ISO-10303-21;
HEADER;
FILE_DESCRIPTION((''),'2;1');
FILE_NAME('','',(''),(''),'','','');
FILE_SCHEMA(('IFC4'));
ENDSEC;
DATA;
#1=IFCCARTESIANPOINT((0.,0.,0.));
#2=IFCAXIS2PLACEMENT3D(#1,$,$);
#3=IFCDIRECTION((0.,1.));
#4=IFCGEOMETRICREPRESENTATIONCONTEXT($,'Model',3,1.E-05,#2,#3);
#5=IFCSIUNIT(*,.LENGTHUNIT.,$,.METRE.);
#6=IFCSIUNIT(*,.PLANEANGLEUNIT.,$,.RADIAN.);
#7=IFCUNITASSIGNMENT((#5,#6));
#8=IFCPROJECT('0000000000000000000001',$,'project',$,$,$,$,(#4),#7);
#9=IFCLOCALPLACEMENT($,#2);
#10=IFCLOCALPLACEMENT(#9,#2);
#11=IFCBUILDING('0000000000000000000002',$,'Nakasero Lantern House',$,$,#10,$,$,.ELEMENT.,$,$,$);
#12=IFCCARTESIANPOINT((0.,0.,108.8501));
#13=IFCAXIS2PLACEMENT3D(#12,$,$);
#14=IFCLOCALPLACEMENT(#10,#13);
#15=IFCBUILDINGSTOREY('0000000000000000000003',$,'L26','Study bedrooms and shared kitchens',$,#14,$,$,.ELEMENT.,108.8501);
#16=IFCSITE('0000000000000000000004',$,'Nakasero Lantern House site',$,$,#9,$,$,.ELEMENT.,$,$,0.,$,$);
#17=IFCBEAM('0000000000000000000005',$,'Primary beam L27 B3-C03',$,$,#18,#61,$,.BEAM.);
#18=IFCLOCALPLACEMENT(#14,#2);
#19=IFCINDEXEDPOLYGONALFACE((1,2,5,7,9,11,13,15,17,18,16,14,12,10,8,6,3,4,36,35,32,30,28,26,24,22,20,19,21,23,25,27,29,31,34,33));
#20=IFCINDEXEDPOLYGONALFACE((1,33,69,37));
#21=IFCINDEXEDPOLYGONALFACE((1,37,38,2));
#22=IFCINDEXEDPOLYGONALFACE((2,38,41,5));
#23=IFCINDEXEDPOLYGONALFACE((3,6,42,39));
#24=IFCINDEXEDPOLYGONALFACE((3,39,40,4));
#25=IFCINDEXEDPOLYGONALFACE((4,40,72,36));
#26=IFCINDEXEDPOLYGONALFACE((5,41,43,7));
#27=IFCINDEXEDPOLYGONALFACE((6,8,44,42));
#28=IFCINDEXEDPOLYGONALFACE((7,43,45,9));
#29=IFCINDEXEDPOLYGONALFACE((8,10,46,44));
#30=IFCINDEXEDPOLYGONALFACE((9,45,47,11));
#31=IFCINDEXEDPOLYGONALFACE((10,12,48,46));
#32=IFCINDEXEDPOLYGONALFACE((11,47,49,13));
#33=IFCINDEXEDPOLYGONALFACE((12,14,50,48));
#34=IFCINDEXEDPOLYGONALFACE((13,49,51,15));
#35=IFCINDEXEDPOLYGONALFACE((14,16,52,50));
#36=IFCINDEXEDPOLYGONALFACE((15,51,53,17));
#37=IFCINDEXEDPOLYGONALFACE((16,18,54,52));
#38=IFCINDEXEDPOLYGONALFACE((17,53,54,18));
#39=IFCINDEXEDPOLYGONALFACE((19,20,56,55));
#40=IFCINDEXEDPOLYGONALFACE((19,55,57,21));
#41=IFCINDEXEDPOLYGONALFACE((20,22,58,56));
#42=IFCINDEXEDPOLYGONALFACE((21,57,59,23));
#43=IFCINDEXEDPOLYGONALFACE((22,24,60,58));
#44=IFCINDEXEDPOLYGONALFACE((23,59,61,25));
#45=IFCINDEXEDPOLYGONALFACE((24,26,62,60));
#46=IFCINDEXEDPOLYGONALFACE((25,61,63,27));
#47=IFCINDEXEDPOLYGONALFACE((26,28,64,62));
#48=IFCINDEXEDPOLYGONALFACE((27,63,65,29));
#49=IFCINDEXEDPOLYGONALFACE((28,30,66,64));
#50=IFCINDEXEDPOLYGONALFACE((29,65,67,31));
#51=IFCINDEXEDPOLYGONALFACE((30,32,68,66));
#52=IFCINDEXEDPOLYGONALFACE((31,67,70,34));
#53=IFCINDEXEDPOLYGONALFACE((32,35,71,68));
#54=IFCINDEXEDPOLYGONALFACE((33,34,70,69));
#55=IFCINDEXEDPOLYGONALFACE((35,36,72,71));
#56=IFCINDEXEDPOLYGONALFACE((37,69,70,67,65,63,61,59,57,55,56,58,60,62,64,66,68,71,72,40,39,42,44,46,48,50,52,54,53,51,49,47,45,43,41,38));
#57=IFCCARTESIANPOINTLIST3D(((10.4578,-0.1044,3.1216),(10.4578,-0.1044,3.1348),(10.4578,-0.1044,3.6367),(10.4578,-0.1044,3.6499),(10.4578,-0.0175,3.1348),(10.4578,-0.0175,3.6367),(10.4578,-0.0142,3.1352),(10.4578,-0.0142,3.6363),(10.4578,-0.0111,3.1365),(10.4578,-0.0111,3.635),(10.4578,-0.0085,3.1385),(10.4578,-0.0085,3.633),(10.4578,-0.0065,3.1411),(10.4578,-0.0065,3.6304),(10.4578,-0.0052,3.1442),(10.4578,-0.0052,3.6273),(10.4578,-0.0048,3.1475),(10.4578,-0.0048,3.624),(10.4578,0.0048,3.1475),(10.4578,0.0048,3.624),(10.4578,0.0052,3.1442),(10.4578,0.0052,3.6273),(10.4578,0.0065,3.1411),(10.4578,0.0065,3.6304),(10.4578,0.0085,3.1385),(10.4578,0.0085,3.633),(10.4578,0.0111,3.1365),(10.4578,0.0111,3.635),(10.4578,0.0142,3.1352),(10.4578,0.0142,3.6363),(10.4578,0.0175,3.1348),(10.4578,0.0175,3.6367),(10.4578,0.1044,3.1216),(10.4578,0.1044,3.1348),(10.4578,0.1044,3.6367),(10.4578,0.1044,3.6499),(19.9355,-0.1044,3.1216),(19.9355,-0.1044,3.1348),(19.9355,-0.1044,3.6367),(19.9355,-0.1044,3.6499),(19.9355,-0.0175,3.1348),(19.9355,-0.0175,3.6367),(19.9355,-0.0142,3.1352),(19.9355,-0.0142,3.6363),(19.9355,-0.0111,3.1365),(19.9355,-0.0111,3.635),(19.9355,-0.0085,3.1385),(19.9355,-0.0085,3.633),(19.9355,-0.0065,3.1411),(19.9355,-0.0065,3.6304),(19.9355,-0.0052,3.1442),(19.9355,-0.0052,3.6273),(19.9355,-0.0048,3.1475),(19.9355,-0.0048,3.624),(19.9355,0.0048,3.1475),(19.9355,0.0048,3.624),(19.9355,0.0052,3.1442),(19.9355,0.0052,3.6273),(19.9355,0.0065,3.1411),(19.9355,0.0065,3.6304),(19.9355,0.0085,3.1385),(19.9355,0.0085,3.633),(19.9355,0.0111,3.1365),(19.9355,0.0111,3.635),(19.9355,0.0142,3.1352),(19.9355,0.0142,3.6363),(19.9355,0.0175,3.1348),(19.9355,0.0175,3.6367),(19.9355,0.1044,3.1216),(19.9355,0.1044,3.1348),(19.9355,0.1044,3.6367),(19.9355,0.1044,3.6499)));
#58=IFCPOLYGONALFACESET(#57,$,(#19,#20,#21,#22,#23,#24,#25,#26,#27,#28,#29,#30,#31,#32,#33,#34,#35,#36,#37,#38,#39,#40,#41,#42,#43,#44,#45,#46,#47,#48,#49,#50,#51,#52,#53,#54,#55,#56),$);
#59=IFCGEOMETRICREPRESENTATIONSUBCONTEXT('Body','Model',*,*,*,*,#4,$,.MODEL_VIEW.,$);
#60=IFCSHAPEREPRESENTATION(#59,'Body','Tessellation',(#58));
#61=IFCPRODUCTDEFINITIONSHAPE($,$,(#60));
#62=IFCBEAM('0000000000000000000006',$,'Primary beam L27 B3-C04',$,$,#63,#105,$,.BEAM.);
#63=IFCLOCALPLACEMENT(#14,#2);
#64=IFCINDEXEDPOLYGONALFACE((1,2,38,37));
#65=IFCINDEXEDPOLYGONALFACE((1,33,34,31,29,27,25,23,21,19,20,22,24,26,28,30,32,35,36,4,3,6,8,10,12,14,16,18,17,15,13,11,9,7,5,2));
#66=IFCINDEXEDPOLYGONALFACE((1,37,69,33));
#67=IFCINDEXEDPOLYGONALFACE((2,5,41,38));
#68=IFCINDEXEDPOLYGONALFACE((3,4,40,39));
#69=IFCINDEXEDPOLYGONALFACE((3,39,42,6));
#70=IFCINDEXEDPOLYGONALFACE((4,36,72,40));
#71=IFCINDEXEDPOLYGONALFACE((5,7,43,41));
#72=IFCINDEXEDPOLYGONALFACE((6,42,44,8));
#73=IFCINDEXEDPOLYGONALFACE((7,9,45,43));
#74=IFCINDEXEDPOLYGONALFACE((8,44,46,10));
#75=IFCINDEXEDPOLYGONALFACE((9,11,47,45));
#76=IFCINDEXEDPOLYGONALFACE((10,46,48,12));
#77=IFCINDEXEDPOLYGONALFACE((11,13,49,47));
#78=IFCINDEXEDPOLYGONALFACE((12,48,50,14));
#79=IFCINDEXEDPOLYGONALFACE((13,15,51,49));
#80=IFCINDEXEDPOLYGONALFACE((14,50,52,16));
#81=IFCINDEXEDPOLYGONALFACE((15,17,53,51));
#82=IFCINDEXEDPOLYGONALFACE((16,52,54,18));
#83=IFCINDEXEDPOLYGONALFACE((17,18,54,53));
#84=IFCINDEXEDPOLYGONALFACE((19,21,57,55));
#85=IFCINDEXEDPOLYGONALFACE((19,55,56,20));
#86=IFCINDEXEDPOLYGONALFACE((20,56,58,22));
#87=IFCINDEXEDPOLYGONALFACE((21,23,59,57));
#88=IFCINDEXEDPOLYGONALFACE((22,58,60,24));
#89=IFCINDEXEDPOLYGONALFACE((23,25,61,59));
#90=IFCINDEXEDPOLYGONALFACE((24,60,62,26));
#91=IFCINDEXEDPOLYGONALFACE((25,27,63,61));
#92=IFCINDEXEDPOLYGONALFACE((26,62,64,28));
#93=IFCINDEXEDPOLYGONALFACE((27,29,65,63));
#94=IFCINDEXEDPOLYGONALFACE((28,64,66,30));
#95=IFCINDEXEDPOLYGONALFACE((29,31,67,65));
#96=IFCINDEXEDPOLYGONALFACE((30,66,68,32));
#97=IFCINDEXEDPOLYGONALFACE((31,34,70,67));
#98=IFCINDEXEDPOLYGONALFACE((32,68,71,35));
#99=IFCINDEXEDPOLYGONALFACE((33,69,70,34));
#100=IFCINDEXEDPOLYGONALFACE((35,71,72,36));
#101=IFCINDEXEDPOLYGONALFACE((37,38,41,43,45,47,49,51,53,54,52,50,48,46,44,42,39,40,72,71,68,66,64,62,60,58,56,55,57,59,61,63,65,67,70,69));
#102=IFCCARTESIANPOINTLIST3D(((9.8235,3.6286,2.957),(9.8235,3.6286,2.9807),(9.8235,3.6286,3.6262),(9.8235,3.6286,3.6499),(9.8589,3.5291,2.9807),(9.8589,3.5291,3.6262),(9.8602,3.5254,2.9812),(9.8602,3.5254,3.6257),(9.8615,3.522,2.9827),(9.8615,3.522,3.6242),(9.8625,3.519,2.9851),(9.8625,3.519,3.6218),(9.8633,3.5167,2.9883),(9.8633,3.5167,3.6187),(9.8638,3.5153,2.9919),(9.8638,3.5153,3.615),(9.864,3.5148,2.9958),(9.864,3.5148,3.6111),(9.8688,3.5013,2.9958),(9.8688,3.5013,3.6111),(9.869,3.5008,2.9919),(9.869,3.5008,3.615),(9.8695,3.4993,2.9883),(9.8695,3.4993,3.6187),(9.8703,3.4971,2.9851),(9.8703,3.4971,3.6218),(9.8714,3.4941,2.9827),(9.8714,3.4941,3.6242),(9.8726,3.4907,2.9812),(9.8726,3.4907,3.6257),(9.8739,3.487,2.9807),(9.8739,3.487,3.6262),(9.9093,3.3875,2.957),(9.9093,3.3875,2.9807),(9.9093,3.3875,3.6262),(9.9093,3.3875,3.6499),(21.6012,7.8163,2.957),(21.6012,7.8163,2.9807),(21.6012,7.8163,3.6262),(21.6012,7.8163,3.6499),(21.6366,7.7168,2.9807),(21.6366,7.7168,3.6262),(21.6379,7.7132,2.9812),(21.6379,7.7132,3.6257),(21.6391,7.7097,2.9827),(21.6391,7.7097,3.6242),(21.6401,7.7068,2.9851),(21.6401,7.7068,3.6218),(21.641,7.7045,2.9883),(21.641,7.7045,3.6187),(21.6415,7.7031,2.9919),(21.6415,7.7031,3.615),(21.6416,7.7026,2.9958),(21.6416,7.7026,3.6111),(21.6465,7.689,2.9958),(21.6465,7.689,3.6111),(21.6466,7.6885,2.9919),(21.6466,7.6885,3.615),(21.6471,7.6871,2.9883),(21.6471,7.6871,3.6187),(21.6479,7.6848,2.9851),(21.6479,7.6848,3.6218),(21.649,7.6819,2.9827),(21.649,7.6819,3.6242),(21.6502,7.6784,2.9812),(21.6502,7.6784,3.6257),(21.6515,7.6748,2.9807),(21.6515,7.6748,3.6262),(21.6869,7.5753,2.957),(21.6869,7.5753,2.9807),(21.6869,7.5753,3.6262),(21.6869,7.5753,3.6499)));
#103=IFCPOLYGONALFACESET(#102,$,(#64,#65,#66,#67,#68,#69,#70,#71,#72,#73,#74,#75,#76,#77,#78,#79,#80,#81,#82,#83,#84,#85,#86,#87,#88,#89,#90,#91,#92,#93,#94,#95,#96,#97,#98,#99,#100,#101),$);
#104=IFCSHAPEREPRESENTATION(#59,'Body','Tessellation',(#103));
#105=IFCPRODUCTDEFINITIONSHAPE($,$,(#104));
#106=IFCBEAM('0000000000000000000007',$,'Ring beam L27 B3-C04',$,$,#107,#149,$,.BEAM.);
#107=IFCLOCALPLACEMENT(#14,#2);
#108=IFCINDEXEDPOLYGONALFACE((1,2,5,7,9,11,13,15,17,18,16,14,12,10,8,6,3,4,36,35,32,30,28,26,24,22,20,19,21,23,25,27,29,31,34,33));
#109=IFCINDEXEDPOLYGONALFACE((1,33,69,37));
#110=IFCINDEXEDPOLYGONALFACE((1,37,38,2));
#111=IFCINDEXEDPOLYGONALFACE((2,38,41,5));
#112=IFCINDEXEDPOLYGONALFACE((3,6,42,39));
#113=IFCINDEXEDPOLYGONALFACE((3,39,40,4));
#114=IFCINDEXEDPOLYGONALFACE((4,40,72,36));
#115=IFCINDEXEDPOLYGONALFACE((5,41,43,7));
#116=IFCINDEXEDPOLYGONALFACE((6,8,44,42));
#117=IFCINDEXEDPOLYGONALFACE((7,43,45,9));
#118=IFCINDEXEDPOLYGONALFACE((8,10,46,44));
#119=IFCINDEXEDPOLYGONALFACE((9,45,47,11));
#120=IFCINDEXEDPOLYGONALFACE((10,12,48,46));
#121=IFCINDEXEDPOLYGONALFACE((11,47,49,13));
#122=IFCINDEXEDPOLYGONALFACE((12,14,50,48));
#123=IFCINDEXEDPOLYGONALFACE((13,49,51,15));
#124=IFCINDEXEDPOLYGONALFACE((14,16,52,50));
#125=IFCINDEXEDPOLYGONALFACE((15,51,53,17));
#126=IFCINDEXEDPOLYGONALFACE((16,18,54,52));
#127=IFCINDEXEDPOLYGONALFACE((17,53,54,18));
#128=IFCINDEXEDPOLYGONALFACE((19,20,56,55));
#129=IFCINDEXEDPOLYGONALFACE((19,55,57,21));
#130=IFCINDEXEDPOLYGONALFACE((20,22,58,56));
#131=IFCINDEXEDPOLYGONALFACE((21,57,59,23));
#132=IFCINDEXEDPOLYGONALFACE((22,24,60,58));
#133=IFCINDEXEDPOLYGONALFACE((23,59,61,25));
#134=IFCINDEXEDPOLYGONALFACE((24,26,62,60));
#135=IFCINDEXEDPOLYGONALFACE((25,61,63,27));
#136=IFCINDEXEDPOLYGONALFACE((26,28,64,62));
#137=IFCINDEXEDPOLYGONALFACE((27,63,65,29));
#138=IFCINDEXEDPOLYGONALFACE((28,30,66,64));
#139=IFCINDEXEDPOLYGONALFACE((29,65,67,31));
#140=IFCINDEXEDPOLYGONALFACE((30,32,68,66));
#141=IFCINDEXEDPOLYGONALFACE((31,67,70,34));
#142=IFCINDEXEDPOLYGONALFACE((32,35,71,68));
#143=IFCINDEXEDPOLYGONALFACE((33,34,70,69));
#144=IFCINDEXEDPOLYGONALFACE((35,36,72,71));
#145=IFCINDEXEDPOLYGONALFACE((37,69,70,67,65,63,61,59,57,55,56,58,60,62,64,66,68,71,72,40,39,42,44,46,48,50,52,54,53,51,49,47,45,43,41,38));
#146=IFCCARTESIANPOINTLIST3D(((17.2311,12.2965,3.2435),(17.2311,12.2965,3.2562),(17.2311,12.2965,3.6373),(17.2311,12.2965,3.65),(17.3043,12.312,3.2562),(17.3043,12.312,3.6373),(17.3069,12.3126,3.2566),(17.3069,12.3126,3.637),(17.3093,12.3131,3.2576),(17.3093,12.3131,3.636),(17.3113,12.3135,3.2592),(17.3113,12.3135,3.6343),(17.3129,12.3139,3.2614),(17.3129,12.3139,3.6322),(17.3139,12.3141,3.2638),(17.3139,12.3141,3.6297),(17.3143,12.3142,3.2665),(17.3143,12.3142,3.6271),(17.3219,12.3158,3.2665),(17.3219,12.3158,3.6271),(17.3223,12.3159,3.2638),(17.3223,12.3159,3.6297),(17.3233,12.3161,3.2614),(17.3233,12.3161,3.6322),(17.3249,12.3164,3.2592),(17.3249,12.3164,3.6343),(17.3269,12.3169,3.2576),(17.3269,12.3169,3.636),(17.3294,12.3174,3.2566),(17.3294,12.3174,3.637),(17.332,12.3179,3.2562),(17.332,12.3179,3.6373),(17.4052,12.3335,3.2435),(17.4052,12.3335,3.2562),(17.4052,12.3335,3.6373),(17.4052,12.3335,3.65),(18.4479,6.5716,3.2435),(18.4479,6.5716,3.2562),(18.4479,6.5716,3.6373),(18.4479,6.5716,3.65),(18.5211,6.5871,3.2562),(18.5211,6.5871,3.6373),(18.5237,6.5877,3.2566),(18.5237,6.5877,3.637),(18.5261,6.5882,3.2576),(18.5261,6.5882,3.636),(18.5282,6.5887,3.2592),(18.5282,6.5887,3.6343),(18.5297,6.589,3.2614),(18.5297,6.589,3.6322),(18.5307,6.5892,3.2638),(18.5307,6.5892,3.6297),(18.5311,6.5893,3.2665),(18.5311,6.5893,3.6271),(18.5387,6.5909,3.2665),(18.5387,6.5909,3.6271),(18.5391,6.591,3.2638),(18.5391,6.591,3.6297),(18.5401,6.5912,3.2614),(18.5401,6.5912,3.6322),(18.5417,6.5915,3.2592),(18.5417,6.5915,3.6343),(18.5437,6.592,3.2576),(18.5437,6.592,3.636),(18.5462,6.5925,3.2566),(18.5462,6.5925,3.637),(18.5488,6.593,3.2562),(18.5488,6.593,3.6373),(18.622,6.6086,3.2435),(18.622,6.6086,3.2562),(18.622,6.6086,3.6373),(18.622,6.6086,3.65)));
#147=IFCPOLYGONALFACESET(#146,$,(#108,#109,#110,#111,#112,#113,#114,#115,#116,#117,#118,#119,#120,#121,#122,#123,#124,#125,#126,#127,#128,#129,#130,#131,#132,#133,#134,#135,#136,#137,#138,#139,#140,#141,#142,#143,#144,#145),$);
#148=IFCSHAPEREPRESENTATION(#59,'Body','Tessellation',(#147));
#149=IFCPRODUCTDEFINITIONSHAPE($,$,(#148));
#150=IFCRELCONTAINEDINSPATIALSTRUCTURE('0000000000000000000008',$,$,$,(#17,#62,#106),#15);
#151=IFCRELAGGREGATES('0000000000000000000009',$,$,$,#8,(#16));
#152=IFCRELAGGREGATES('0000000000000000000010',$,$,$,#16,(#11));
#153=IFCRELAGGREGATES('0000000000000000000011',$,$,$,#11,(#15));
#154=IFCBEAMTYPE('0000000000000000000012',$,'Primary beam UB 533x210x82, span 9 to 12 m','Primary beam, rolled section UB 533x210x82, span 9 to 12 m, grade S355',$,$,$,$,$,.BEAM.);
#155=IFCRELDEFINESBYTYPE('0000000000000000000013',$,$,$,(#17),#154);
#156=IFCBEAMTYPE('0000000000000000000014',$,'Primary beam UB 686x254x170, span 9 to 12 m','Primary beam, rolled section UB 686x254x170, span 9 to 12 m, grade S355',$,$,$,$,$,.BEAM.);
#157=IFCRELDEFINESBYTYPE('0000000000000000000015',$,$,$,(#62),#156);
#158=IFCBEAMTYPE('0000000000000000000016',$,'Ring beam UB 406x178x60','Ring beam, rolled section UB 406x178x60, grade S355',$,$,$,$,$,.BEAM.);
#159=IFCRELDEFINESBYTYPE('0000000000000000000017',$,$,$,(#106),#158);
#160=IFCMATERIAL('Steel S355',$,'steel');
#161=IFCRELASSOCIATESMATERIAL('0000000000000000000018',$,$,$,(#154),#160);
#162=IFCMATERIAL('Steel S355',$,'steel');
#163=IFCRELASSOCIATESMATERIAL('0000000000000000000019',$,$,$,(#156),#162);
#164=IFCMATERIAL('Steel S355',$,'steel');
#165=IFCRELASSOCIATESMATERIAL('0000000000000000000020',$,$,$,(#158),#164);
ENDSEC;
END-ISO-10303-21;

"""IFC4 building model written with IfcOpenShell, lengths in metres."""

from ifc_helpers import new_model, si_unit, direction, frame, origin, origin_2d, place, context, subcontext, project, spatial, i_section, extrude, material, material_profile, profile_set, type_object, element, save


model = new_model("IFC4")

# Units and contexts
model_context = context("Model", 3, precision=1e-05, world=origin(), true_north=direction((0.0, 1.0)))
body_context = subcontext(model_context, "Body", "Model", "MODEL_VIEW")
ifc_project = project(units=[si_unit("LENGTHUNIT", "METRE"), si_unit("PLANEANGLEUNIT", "RADIAN")], contexts=[model_context])

# Site, building, storey
site_placement = place(None, origin())
site = spatial("IfcSite", under=ifc_project, at=site_placement, Name="Nakasero Lantern House site", CompositionType="ELEMENT", RefElevation=0.0)
building_placement = place(site_placement, origin())
building = spatial("IfcBuilding", under=site, at=building_placement, Name="Nakasero Lantern House", CompositionType="ELEMENT")
storey_placement = place(building_placement, frame((0.0, 0.0, 108.8501)))
storey = spatial("IfcBuildingStorey", under=building, at=storey_placement, Name="L26", Description="Study bedrooms and shared kitchens", CompositionType="ELEMENT", Elevation=108.8501)

# Beams
ifc_material_1 = material(Name="Steel S355", Category="steel")
ifc_material_profile_1 = material_profile(ifc_material_1, i_section(OverallWidth=0.2087, OverallDepth=0.5283, WebThickness=0.0095, FlangeThickness=0.0132, FilletRadius=0.0127, at=origin_2d()), Name="UB 533x210x82")
ifc_profile_set_1 = profile_set([ifc_material_profile_1], Name="Steel S355")
beam_type_1 = type_object("IfcBeamType", Name="Primary beam UB 533x210x82, span 9 to 12 m", Description="Primary beam, rolled section UB 533x210x82, span 9 to 12 m, grade S355", PredefinedType="BEAM", material=ifc_profile_set_1)
beam_1_placement = place(storey_placement, frame((19.9355, 0.0, 3.3857), z_axis=(-1.0, 0.0, 0.0), x_axis=(0.0, -1.0, 0.0)))
element("IfcBeam", 1, at=beam_1_placement, inside=storey, type_object=beam_type_1, Name="Primary beam L27 B3-C03", PredefinedType="BEAM", context=body_context, shape_type="SweptSolid", body=[
    extrude(i_section(OverallWidth=0.2087, OverallDepth=0.5283, WebThickness=0.0095, FlangeThickness=0.0132, FilletRadius=0.0127, at=origin_2d()), origin(), (0.0, 0.0, 1.0), 9.4778),
])
ifc_material_2 = material(Name="Steel S355", Category="steel")
ifc_material_profile_2 = material_profile(ifc_material_2, i_section(OverallWidth=0.2559, OverallDepth=0.6929, WebThickness=0.0144, FlangeThickness=0.0237, FilletRadius=0.0151, at=origin_2d()), Name="UB 686x254x170")
ifc_profile_set_2 = profile_set([ifc_material_profile_2], Name="Steel S355")
beam_type_2 = type_object("IfcBeamType", Name="Primary beam UB 686x254x170, span 9 to 12 m", Description="Primary beam, rolled section UB 686x254x170, span 9 to 12 m, grade S355", PredefinedType="BEAM", material=ifc_profile_set_2)
beam_2_placement = place(storey_placement, frame((21.644, 7.6958, 3.3035), z_axis=(-0.942211, -0.335021, 0.0), x_axis=(0.335021, -0.942211, 0.0)))
element("IfcBeam", 2, at=beam_2_placement, inside=storey, type_object=beam_type_2, Name="Primary beam L27 B3-C04", PredefinedType="BEAM", context=body_context, shape_type="SweptSolid", body=[
    extrude(i_section(OverallWidth=0.2559, OverallDepth=0.6929, WebThickness=0.0144, FlangeThickness=0.0237, FilletRadius=0.0151, at=origin_2d()), origin(), (0.0, 0.0, 1.0), 12.5),
])
ifc_material_3 = material(Name="Steel S355", Category="steel")
ifc_material_profile_3 = material_profile(ifc_material_3, i_section(OverallWidth=0.178, OverallDepth=0.4065, WebThickness=0.0078, FlangeThickness=0.0127, FilletRadius=0.0103, at=origin_2d()), Name="UB 406x178x60")
ifc_profile_set_3 = profile_set([ifc_material_profile_3], Name="Steel S355")
beam_type_3 = type_object("IfcBeamType", Name="Ring beam UB 406x178x60", Description="Ring beam, rolled section UB 406x178x60, grade S355", PredefinedType="BEAM", material=ifc_profile_set_3)
beam_3_placement = place(storey_placement, frame((18.5349, 6.5901, 3.4468), z_axis=(-0.207902, 0.97815, 0.0), x_axis=(-0.97815, -0.207902, 0.0)))
element("IfcBeam", 3, at=beam_3_placement, inside=storey, type_object=beam_type_3, Name="Ring beam L27 B3-C04", PredefinedType="BEAM", context=body_context, shape_type="SweptSolid", body=[
    extrude(i_section(OverallWidth=0.178, OverallDepth=0.4065, WebThickness=0.0078, FlangeThickness=0.0127, FilletRadius=0.0103, at=origin_2d()), origin(), (0.0, 0.0, 1.0), 5.8528),
])

save(model, "model.ifc")
